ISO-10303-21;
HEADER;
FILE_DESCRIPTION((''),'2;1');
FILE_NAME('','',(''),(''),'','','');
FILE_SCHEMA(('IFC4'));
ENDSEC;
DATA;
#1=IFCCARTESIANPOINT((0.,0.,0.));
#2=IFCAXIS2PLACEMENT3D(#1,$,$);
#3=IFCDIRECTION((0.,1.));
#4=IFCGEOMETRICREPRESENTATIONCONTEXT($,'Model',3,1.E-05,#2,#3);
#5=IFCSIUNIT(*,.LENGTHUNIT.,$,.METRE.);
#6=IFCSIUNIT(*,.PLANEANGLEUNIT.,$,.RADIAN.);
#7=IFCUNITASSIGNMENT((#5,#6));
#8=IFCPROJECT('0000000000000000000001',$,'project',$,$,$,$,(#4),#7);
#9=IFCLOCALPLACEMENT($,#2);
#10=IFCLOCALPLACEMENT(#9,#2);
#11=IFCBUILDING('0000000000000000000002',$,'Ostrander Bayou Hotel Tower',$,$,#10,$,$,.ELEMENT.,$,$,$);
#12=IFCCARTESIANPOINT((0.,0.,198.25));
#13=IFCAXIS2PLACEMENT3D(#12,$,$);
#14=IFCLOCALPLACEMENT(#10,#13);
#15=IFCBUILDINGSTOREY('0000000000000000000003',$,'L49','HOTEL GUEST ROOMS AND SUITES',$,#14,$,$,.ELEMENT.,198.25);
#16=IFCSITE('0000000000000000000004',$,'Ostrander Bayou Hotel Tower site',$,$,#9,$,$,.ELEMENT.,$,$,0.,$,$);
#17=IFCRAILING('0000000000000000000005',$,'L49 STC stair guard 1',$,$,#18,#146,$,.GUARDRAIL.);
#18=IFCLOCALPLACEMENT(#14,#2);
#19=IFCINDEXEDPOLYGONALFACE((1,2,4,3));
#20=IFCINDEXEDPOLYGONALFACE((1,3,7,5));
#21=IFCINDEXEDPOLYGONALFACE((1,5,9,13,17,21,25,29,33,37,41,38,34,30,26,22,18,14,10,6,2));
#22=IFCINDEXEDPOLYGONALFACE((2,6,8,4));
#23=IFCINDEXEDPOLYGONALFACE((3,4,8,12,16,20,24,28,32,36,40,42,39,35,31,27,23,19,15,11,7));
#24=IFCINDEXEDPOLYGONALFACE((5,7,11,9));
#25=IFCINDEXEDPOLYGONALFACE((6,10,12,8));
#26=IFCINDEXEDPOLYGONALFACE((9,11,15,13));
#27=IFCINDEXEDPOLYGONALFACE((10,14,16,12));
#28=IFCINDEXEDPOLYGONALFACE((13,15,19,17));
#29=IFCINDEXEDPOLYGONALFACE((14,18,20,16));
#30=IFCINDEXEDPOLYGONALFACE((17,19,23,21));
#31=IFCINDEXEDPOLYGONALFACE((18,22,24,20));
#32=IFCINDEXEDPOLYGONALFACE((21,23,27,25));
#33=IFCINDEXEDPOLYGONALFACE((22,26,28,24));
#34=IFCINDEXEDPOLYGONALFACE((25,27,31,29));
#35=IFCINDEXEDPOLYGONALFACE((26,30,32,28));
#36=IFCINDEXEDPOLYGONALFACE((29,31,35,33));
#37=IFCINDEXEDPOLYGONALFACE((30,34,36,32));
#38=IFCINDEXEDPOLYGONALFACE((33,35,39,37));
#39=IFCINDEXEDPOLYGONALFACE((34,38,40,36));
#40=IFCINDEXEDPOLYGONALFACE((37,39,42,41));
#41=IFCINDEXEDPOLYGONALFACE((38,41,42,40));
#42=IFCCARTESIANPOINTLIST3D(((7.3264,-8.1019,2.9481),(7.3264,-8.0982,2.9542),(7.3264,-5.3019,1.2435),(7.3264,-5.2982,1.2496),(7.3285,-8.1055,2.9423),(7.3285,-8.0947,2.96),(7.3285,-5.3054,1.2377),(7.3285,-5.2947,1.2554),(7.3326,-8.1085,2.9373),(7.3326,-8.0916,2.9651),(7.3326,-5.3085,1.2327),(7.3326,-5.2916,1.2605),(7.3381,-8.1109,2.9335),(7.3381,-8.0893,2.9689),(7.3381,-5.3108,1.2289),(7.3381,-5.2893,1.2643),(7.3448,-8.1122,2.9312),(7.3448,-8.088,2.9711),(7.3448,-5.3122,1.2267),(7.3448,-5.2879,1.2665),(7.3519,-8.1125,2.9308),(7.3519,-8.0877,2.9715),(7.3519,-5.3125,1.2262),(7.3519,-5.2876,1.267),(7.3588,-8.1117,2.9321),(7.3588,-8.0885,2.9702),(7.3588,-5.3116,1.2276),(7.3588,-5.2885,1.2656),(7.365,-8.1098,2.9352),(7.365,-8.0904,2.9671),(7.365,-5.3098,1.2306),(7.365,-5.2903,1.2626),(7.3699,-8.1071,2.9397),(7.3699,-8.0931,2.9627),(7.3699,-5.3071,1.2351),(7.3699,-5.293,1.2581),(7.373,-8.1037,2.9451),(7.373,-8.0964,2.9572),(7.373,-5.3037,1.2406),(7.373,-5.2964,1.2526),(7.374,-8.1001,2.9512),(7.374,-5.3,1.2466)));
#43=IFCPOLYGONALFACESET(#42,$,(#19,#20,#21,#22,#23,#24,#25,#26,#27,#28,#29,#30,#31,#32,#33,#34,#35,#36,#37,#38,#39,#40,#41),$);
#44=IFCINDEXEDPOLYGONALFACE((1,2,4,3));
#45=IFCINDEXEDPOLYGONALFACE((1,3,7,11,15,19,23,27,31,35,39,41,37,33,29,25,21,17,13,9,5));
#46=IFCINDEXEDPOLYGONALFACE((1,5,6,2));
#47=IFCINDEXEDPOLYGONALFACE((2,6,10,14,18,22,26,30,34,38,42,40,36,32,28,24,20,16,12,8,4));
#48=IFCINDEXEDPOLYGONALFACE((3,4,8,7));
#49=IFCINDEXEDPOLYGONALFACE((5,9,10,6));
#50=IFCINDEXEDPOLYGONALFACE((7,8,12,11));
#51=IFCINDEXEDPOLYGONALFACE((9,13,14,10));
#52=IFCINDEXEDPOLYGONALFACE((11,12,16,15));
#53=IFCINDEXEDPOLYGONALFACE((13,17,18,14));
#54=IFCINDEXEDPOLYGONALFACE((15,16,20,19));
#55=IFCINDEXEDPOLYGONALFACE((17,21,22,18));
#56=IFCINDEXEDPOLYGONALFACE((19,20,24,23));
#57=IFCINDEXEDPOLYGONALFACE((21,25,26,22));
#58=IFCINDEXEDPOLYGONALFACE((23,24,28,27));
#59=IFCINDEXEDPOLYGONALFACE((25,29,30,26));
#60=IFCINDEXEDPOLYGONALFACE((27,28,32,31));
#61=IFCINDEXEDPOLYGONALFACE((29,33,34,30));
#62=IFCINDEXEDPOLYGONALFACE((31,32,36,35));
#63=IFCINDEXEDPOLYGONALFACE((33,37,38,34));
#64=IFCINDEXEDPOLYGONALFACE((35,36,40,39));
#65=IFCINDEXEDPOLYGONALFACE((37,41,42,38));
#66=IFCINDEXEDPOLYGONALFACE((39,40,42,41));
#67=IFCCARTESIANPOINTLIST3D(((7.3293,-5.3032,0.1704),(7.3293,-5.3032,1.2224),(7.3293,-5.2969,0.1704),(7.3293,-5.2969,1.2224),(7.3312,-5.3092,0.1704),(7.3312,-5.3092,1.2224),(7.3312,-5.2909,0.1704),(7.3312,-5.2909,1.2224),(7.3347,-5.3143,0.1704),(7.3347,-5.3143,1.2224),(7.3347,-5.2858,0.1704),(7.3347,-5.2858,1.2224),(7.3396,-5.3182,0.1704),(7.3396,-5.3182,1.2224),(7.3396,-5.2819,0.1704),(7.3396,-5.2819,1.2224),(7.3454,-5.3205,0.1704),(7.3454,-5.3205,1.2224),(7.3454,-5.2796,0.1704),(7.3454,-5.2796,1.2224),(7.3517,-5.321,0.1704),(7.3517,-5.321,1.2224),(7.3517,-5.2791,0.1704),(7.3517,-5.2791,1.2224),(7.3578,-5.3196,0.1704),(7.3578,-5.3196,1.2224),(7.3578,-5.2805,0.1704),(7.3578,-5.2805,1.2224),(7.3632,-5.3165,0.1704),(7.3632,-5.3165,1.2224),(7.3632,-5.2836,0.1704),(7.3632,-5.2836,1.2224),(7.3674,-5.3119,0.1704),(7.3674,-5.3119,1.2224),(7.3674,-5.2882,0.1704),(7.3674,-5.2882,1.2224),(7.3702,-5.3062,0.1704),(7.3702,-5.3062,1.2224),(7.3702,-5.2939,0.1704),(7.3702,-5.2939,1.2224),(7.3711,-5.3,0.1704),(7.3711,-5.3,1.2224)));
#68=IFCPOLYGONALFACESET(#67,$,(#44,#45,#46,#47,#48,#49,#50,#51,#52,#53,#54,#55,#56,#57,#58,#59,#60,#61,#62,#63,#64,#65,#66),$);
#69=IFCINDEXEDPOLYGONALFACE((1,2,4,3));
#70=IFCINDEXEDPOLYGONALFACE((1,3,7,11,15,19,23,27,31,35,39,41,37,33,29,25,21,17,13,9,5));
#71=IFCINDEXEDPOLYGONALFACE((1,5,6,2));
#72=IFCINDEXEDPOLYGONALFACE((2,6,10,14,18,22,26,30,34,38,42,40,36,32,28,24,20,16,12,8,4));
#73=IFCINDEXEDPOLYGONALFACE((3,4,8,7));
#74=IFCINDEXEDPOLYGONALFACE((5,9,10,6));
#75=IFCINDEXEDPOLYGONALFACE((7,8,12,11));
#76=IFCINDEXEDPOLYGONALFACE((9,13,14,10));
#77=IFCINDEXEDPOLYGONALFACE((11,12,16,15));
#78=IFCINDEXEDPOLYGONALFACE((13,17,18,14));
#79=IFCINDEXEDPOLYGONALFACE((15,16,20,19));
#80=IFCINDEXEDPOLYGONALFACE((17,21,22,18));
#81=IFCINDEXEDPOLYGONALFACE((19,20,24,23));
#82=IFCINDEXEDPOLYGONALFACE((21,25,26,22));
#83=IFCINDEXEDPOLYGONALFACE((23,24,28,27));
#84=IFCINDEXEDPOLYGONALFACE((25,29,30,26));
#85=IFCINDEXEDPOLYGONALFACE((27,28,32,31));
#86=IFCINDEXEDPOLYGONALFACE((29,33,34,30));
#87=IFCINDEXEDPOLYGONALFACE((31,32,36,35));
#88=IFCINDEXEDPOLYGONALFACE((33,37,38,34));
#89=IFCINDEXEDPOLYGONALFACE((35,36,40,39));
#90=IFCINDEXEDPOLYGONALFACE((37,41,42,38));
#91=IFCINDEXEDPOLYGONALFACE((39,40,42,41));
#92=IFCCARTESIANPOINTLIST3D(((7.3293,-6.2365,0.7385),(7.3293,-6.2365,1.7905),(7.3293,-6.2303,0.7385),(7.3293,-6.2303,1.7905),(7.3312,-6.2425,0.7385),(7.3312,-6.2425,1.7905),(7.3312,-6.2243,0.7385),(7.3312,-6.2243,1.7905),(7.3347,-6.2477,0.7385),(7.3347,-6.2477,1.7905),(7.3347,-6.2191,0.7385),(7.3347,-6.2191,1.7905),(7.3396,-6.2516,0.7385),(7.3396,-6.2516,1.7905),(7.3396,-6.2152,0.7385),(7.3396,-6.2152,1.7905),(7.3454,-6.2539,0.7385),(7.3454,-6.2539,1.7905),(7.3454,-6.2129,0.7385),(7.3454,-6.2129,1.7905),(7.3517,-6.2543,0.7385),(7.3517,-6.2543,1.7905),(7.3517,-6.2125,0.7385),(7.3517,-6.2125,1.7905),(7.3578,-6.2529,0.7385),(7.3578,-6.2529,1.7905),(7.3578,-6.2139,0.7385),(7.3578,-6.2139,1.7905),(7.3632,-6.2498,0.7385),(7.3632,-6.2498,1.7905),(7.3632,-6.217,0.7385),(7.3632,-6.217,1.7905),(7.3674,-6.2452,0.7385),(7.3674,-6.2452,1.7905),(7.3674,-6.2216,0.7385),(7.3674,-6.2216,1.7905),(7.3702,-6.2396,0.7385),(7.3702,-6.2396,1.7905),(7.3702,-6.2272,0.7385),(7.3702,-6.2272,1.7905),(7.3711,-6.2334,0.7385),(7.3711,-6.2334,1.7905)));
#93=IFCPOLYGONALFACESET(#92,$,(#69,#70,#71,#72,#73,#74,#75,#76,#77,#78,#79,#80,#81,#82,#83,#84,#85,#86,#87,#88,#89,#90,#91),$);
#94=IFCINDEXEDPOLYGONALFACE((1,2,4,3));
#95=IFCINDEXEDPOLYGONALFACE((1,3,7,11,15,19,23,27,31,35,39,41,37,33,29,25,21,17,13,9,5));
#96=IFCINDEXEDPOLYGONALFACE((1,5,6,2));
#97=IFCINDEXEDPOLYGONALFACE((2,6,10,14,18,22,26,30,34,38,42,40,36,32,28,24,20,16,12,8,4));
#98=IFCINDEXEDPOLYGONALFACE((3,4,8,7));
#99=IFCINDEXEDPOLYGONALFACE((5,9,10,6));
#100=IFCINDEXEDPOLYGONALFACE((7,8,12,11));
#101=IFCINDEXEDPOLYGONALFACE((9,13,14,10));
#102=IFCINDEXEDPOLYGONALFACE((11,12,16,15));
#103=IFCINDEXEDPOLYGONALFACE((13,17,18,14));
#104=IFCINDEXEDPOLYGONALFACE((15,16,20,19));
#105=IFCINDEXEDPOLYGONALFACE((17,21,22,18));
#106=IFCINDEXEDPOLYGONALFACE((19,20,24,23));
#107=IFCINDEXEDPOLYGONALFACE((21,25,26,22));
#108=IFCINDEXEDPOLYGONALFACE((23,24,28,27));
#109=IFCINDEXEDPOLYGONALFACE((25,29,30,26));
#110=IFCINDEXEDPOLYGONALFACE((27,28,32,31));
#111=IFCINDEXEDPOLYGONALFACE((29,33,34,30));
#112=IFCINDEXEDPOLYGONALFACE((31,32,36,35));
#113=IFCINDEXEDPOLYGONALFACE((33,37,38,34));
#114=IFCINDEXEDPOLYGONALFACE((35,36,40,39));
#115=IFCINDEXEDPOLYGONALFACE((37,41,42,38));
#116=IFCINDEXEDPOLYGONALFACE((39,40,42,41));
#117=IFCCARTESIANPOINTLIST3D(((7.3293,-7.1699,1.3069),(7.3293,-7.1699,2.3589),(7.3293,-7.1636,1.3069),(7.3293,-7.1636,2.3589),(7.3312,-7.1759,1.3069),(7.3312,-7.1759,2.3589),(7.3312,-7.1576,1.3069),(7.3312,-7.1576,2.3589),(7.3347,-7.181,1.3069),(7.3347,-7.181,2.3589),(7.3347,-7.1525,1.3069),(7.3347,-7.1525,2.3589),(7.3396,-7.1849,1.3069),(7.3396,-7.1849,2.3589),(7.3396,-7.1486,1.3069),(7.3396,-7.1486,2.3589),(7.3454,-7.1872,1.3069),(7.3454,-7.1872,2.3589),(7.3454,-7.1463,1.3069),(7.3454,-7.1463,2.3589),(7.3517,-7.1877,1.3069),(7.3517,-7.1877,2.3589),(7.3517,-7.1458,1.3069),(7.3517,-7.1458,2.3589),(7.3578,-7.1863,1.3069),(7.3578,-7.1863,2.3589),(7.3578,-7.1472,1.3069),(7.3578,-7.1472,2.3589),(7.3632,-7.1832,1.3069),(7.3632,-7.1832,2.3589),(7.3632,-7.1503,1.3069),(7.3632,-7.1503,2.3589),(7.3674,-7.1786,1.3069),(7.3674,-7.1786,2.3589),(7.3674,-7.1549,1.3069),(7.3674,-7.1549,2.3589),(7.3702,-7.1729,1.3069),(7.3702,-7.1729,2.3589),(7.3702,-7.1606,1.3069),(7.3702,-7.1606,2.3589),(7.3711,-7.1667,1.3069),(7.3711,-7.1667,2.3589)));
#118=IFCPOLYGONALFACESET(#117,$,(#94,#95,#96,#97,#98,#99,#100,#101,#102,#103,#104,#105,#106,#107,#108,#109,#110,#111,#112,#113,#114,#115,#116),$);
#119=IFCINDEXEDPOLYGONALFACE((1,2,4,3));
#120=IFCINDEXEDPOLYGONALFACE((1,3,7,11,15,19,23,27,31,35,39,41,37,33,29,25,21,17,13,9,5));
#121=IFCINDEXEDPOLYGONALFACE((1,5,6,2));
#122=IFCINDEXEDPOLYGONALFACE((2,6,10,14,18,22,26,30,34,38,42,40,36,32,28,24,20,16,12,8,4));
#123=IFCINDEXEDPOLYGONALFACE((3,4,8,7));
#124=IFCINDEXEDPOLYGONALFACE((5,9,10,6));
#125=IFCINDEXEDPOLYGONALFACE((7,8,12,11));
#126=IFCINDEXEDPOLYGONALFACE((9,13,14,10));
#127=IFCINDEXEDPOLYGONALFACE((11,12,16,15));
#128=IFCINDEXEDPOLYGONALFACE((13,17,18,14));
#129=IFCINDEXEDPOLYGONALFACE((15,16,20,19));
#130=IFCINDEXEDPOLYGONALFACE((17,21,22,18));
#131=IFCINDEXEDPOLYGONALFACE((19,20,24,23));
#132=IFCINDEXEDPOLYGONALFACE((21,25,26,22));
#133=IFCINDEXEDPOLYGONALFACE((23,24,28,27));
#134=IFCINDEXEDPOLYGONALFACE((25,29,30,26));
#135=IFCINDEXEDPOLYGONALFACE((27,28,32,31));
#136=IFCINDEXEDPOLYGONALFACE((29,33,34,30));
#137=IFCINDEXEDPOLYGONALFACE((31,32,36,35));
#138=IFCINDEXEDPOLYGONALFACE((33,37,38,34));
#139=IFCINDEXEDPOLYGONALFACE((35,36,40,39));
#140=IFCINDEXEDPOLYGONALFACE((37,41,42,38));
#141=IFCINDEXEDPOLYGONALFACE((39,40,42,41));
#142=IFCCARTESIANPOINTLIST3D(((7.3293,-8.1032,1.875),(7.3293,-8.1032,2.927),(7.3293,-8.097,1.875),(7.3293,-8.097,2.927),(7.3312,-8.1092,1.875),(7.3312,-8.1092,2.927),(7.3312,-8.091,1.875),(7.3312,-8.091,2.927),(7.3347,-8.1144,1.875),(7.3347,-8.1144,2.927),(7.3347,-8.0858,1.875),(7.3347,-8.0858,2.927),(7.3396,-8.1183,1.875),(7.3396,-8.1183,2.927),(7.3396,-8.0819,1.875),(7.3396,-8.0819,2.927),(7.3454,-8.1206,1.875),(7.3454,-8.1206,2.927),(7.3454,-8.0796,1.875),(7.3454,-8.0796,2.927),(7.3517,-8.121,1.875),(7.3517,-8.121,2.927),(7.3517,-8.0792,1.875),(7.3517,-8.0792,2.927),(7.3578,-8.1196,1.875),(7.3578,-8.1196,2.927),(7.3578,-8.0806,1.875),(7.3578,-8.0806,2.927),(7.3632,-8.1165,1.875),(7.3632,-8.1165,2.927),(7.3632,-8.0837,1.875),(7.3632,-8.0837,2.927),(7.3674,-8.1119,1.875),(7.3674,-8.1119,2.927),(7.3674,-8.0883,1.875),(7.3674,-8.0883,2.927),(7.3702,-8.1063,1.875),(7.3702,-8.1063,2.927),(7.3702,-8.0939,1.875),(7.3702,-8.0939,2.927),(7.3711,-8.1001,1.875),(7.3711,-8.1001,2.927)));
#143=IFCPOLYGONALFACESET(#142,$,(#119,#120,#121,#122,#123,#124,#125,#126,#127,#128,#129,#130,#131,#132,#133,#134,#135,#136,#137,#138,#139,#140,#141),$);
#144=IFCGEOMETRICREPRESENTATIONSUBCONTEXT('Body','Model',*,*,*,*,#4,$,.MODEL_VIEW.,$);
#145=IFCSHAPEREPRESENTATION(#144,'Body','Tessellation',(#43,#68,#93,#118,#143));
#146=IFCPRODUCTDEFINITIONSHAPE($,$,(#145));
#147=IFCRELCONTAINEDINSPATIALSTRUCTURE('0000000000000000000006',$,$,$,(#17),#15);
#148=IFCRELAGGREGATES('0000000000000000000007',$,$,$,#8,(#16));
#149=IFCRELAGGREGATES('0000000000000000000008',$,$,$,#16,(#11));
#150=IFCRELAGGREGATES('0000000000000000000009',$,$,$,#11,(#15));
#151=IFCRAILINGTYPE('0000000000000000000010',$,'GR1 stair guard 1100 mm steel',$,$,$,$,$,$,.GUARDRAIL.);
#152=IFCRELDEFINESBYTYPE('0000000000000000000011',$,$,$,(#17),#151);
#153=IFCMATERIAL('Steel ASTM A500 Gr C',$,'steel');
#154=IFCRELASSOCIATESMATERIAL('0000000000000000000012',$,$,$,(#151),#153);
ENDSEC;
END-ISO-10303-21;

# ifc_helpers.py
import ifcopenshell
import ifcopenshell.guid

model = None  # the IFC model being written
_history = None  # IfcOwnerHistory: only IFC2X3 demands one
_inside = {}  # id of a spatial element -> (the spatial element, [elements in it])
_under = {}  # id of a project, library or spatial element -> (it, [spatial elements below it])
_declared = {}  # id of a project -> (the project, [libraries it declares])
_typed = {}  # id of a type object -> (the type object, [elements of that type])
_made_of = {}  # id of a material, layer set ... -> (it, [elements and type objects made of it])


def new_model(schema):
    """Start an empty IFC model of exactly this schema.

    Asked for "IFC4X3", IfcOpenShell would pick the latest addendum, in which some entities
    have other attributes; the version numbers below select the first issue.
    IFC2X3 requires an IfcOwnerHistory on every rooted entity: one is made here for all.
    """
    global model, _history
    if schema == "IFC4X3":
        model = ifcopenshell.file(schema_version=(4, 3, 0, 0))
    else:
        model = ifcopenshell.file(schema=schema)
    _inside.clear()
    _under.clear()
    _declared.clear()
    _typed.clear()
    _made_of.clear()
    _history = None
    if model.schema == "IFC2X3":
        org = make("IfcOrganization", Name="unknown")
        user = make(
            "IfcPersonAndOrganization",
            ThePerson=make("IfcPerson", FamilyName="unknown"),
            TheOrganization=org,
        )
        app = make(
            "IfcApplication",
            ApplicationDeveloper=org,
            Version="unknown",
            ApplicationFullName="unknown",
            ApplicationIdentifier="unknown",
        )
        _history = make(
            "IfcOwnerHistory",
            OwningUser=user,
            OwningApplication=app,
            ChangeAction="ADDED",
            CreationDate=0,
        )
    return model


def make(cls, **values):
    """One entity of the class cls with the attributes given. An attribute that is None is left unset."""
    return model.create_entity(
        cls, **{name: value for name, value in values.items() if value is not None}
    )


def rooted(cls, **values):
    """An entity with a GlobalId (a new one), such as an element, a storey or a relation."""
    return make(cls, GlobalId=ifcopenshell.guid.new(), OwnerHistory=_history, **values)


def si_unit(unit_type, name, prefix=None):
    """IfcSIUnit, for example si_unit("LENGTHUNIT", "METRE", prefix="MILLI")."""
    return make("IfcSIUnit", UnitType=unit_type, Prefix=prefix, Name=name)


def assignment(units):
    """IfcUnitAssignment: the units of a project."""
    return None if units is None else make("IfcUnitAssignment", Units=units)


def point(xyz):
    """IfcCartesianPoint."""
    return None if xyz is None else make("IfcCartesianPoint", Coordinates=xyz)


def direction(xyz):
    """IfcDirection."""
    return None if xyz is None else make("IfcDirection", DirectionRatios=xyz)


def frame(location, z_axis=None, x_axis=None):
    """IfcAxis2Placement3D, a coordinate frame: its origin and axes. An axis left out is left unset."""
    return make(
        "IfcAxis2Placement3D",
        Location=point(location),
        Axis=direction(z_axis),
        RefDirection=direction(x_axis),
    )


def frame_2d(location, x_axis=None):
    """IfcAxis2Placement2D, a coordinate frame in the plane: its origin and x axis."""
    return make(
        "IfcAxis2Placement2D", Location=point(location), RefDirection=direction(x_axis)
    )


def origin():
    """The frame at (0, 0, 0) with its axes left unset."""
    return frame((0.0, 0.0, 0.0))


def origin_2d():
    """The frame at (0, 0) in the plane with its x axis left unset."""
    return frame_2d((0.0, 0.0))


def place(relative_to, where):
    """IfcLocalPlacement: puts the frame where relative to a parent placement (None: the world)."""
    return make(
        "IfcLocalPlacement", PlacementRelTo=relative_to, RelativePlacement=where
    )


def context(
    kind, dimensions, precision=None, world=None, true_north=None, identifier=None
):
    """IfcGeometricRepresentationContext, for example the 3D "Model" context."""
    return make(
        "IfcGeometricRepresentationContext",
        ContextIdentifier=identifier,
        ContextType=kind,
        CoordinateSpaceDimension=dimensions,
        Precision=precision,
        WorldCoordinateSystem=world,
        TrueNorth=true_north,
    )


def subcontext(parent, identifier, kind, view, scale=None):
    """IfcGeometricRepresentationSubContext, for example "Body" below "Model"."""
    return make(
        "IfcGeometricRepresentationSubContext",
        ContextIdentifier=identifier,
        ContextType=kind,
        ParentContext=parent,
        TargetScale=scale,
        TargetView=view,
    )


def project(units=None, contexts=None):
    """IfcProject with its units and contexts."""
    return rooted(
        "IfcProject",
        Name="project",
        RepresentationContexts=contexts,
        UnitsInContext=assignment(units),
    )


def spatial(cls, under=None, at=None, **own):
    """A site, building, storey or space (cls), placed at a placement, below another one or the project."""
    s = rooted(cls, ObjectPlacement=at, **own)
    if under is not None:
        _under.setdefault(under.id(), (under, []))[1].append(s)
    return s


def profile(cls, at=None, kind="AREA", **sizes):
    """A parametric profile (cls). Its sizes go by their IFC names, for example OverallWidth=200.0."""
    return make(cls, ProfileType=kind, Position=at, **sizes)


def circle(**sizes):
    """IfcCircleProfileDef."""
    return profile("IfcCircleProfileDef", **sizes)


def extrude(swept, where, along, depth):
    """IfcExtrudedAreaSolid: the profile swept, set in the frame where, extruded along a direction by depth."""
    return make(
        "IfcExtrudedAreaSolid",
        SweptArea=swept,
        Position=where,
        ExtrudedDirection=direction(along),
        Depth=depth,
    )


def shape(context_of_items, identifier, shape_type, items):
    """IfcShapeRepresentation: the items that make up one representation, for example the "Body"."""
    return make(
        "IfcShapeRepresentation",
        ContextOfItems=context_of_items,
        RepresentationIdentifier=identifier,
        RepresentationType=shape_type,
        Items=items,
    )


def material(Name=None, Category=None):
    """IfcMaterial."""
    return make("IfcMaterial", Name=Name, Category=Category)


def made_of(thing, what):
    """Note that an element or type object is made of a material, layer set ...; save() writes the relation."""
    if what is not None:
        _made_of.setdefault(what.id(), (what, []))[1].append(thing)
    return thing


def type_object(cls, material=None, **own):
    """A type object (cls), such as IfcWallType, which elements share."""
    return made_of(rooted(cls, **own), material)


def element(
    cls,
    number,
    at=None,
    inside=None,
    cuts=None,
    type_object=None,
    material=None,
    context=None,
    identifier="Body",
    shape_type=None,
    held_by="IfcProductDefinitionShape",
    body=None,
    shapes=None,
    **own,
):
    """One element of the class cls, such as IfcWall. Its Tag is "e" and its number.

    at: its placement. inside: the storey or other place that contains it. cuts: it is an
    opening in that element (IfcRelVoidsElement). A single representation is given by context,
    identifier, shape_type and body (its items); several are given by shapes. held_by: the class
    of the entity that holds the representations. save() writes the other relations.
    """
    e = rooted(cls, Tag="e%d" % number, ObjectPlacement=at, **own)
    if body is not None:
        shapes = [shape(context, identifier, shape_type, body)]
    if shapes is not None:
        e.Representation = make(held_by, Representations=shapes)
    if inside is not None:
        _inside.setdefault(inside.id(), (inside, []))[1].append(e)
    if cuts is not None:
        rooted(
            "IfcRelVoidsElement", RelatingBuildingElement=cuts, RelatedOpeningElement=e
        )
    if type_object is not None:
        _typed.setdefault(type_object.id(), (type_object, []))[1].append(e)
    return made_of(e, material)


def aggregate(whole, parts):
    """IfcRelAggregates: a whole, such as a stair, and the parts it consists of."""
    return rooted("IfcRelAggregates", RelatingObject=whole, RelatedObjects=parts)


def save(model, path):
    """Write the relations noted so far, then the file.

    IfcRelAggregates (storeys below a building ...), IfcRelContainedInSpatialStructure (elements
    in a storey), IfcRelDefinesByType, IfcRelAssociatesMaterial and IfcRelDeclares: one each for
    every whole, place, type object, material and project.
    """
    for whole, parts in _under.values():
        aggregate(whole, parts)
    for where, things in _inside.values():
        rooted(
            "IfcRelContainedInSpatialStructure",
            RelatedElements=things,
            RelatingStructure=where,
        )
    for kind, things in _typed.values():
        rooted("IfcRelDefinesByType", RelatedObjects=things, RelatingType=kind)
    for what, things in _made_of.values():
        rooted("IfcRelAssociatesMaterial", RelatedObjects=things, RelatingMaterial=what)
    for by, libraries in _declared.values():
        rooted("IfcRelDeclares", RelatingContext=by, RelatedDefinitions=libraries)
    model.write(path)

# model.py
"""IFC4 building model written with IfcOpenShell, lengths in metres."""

from ifc_helpers import new_model, si_unit, direction, frame, origin, origin_2d, place, context, subcontext, project, spatial, circle, extrude, material, type_object, element, save


model = new_model("IFC4")

# Units and contexts
model_context = context("Model", 3, precision=1e-05, world=origin(), true_north=direction((0.0, 1.0)))
body_context = subcontext(model_context, "Body", "Model", "MODEL_VIEW")
ifc_project = project(units=[si_unit("LENGTHUNIT", "METRE"), si_unit("PLANEANGLEUNIT", "RADIAN")], contexts=[model_context])

# Site, building, storey
site_placement = place(None, origin())
site = spatial("IfcSite", under=ifc_project, at=site_placement, Name="Ostrander Bayou Hotel Tower site", CompositionType="ELEMENT", RefElevation=0.0)
building_placement = place(site_placement, origin())
building = spatial("IfcBuilding", under=site, at=building_placement, Name="Ostrander Bayou Hotel Tower", CompositionType="ELEMENT")
storey_placement = place(building_placement, frame((0.0, 0.0, 198.25)))
storey = spatial("IfcBuildingStorey", under=building, at=storey_placement, Name="L49", Description="HOTEL GUEST ROOMS AND SUITES", CompositionType="ELEMENT", Elevation=198.25)

# Railing
ifc_material_1 = material(Name="Steel ASTM A500 Gr C", Category="steel")
railing_type_1 = type_object("IfcRailingType", Name="GR1 stair guard 1100 mm steel", PredefinedType="GUARDRAIL", material=ifc_material_1)
railing_1_placement = place(storey_placement, frame((7.3501, -5.3, 0.1704)))
element("IfcRailing", 1, at=railing_1_placement, inside=storey, type_object=railing_type_1, Name="L49 STC stair guard 1", PredefinedType="GUARDRAIL", context=body_context, shape_type="SweptSolid", body=[
    extrude(circle(Radius=0.0239, at=origin_2d()), frame((0.0, 0.0, 1.0762), z_axis=(0.0, -0.85417, 0.519994), x_axis=(1.0, 0.0, 0.0)), (0.0, 0.0, 1.0), 3.2781),
    extrude(circle(Radius=0.021, at=origin_2d()), origin(), (0.0, 0.0, 1.0), 1.052),
    extrude(circle(Radius=0.021, at=origin_2d()), frame((0.0, -0.9333, 0.5681)), (0.0, 0.0, 1.0), 1.052),
    extrude(circle(Radius=0.021, at=origin_2d()), frame((0.0, -1.8667, 1.1365)), (0.0, 0.0, 1.0), 1.052),
    extrude(circle(Radius=0.021, at=origin_2d()), frame((0.0, -2.8, 1.7046)), (0.0, 0.0, 1.0), 1.052),
])

save(model, "model.ifc")
